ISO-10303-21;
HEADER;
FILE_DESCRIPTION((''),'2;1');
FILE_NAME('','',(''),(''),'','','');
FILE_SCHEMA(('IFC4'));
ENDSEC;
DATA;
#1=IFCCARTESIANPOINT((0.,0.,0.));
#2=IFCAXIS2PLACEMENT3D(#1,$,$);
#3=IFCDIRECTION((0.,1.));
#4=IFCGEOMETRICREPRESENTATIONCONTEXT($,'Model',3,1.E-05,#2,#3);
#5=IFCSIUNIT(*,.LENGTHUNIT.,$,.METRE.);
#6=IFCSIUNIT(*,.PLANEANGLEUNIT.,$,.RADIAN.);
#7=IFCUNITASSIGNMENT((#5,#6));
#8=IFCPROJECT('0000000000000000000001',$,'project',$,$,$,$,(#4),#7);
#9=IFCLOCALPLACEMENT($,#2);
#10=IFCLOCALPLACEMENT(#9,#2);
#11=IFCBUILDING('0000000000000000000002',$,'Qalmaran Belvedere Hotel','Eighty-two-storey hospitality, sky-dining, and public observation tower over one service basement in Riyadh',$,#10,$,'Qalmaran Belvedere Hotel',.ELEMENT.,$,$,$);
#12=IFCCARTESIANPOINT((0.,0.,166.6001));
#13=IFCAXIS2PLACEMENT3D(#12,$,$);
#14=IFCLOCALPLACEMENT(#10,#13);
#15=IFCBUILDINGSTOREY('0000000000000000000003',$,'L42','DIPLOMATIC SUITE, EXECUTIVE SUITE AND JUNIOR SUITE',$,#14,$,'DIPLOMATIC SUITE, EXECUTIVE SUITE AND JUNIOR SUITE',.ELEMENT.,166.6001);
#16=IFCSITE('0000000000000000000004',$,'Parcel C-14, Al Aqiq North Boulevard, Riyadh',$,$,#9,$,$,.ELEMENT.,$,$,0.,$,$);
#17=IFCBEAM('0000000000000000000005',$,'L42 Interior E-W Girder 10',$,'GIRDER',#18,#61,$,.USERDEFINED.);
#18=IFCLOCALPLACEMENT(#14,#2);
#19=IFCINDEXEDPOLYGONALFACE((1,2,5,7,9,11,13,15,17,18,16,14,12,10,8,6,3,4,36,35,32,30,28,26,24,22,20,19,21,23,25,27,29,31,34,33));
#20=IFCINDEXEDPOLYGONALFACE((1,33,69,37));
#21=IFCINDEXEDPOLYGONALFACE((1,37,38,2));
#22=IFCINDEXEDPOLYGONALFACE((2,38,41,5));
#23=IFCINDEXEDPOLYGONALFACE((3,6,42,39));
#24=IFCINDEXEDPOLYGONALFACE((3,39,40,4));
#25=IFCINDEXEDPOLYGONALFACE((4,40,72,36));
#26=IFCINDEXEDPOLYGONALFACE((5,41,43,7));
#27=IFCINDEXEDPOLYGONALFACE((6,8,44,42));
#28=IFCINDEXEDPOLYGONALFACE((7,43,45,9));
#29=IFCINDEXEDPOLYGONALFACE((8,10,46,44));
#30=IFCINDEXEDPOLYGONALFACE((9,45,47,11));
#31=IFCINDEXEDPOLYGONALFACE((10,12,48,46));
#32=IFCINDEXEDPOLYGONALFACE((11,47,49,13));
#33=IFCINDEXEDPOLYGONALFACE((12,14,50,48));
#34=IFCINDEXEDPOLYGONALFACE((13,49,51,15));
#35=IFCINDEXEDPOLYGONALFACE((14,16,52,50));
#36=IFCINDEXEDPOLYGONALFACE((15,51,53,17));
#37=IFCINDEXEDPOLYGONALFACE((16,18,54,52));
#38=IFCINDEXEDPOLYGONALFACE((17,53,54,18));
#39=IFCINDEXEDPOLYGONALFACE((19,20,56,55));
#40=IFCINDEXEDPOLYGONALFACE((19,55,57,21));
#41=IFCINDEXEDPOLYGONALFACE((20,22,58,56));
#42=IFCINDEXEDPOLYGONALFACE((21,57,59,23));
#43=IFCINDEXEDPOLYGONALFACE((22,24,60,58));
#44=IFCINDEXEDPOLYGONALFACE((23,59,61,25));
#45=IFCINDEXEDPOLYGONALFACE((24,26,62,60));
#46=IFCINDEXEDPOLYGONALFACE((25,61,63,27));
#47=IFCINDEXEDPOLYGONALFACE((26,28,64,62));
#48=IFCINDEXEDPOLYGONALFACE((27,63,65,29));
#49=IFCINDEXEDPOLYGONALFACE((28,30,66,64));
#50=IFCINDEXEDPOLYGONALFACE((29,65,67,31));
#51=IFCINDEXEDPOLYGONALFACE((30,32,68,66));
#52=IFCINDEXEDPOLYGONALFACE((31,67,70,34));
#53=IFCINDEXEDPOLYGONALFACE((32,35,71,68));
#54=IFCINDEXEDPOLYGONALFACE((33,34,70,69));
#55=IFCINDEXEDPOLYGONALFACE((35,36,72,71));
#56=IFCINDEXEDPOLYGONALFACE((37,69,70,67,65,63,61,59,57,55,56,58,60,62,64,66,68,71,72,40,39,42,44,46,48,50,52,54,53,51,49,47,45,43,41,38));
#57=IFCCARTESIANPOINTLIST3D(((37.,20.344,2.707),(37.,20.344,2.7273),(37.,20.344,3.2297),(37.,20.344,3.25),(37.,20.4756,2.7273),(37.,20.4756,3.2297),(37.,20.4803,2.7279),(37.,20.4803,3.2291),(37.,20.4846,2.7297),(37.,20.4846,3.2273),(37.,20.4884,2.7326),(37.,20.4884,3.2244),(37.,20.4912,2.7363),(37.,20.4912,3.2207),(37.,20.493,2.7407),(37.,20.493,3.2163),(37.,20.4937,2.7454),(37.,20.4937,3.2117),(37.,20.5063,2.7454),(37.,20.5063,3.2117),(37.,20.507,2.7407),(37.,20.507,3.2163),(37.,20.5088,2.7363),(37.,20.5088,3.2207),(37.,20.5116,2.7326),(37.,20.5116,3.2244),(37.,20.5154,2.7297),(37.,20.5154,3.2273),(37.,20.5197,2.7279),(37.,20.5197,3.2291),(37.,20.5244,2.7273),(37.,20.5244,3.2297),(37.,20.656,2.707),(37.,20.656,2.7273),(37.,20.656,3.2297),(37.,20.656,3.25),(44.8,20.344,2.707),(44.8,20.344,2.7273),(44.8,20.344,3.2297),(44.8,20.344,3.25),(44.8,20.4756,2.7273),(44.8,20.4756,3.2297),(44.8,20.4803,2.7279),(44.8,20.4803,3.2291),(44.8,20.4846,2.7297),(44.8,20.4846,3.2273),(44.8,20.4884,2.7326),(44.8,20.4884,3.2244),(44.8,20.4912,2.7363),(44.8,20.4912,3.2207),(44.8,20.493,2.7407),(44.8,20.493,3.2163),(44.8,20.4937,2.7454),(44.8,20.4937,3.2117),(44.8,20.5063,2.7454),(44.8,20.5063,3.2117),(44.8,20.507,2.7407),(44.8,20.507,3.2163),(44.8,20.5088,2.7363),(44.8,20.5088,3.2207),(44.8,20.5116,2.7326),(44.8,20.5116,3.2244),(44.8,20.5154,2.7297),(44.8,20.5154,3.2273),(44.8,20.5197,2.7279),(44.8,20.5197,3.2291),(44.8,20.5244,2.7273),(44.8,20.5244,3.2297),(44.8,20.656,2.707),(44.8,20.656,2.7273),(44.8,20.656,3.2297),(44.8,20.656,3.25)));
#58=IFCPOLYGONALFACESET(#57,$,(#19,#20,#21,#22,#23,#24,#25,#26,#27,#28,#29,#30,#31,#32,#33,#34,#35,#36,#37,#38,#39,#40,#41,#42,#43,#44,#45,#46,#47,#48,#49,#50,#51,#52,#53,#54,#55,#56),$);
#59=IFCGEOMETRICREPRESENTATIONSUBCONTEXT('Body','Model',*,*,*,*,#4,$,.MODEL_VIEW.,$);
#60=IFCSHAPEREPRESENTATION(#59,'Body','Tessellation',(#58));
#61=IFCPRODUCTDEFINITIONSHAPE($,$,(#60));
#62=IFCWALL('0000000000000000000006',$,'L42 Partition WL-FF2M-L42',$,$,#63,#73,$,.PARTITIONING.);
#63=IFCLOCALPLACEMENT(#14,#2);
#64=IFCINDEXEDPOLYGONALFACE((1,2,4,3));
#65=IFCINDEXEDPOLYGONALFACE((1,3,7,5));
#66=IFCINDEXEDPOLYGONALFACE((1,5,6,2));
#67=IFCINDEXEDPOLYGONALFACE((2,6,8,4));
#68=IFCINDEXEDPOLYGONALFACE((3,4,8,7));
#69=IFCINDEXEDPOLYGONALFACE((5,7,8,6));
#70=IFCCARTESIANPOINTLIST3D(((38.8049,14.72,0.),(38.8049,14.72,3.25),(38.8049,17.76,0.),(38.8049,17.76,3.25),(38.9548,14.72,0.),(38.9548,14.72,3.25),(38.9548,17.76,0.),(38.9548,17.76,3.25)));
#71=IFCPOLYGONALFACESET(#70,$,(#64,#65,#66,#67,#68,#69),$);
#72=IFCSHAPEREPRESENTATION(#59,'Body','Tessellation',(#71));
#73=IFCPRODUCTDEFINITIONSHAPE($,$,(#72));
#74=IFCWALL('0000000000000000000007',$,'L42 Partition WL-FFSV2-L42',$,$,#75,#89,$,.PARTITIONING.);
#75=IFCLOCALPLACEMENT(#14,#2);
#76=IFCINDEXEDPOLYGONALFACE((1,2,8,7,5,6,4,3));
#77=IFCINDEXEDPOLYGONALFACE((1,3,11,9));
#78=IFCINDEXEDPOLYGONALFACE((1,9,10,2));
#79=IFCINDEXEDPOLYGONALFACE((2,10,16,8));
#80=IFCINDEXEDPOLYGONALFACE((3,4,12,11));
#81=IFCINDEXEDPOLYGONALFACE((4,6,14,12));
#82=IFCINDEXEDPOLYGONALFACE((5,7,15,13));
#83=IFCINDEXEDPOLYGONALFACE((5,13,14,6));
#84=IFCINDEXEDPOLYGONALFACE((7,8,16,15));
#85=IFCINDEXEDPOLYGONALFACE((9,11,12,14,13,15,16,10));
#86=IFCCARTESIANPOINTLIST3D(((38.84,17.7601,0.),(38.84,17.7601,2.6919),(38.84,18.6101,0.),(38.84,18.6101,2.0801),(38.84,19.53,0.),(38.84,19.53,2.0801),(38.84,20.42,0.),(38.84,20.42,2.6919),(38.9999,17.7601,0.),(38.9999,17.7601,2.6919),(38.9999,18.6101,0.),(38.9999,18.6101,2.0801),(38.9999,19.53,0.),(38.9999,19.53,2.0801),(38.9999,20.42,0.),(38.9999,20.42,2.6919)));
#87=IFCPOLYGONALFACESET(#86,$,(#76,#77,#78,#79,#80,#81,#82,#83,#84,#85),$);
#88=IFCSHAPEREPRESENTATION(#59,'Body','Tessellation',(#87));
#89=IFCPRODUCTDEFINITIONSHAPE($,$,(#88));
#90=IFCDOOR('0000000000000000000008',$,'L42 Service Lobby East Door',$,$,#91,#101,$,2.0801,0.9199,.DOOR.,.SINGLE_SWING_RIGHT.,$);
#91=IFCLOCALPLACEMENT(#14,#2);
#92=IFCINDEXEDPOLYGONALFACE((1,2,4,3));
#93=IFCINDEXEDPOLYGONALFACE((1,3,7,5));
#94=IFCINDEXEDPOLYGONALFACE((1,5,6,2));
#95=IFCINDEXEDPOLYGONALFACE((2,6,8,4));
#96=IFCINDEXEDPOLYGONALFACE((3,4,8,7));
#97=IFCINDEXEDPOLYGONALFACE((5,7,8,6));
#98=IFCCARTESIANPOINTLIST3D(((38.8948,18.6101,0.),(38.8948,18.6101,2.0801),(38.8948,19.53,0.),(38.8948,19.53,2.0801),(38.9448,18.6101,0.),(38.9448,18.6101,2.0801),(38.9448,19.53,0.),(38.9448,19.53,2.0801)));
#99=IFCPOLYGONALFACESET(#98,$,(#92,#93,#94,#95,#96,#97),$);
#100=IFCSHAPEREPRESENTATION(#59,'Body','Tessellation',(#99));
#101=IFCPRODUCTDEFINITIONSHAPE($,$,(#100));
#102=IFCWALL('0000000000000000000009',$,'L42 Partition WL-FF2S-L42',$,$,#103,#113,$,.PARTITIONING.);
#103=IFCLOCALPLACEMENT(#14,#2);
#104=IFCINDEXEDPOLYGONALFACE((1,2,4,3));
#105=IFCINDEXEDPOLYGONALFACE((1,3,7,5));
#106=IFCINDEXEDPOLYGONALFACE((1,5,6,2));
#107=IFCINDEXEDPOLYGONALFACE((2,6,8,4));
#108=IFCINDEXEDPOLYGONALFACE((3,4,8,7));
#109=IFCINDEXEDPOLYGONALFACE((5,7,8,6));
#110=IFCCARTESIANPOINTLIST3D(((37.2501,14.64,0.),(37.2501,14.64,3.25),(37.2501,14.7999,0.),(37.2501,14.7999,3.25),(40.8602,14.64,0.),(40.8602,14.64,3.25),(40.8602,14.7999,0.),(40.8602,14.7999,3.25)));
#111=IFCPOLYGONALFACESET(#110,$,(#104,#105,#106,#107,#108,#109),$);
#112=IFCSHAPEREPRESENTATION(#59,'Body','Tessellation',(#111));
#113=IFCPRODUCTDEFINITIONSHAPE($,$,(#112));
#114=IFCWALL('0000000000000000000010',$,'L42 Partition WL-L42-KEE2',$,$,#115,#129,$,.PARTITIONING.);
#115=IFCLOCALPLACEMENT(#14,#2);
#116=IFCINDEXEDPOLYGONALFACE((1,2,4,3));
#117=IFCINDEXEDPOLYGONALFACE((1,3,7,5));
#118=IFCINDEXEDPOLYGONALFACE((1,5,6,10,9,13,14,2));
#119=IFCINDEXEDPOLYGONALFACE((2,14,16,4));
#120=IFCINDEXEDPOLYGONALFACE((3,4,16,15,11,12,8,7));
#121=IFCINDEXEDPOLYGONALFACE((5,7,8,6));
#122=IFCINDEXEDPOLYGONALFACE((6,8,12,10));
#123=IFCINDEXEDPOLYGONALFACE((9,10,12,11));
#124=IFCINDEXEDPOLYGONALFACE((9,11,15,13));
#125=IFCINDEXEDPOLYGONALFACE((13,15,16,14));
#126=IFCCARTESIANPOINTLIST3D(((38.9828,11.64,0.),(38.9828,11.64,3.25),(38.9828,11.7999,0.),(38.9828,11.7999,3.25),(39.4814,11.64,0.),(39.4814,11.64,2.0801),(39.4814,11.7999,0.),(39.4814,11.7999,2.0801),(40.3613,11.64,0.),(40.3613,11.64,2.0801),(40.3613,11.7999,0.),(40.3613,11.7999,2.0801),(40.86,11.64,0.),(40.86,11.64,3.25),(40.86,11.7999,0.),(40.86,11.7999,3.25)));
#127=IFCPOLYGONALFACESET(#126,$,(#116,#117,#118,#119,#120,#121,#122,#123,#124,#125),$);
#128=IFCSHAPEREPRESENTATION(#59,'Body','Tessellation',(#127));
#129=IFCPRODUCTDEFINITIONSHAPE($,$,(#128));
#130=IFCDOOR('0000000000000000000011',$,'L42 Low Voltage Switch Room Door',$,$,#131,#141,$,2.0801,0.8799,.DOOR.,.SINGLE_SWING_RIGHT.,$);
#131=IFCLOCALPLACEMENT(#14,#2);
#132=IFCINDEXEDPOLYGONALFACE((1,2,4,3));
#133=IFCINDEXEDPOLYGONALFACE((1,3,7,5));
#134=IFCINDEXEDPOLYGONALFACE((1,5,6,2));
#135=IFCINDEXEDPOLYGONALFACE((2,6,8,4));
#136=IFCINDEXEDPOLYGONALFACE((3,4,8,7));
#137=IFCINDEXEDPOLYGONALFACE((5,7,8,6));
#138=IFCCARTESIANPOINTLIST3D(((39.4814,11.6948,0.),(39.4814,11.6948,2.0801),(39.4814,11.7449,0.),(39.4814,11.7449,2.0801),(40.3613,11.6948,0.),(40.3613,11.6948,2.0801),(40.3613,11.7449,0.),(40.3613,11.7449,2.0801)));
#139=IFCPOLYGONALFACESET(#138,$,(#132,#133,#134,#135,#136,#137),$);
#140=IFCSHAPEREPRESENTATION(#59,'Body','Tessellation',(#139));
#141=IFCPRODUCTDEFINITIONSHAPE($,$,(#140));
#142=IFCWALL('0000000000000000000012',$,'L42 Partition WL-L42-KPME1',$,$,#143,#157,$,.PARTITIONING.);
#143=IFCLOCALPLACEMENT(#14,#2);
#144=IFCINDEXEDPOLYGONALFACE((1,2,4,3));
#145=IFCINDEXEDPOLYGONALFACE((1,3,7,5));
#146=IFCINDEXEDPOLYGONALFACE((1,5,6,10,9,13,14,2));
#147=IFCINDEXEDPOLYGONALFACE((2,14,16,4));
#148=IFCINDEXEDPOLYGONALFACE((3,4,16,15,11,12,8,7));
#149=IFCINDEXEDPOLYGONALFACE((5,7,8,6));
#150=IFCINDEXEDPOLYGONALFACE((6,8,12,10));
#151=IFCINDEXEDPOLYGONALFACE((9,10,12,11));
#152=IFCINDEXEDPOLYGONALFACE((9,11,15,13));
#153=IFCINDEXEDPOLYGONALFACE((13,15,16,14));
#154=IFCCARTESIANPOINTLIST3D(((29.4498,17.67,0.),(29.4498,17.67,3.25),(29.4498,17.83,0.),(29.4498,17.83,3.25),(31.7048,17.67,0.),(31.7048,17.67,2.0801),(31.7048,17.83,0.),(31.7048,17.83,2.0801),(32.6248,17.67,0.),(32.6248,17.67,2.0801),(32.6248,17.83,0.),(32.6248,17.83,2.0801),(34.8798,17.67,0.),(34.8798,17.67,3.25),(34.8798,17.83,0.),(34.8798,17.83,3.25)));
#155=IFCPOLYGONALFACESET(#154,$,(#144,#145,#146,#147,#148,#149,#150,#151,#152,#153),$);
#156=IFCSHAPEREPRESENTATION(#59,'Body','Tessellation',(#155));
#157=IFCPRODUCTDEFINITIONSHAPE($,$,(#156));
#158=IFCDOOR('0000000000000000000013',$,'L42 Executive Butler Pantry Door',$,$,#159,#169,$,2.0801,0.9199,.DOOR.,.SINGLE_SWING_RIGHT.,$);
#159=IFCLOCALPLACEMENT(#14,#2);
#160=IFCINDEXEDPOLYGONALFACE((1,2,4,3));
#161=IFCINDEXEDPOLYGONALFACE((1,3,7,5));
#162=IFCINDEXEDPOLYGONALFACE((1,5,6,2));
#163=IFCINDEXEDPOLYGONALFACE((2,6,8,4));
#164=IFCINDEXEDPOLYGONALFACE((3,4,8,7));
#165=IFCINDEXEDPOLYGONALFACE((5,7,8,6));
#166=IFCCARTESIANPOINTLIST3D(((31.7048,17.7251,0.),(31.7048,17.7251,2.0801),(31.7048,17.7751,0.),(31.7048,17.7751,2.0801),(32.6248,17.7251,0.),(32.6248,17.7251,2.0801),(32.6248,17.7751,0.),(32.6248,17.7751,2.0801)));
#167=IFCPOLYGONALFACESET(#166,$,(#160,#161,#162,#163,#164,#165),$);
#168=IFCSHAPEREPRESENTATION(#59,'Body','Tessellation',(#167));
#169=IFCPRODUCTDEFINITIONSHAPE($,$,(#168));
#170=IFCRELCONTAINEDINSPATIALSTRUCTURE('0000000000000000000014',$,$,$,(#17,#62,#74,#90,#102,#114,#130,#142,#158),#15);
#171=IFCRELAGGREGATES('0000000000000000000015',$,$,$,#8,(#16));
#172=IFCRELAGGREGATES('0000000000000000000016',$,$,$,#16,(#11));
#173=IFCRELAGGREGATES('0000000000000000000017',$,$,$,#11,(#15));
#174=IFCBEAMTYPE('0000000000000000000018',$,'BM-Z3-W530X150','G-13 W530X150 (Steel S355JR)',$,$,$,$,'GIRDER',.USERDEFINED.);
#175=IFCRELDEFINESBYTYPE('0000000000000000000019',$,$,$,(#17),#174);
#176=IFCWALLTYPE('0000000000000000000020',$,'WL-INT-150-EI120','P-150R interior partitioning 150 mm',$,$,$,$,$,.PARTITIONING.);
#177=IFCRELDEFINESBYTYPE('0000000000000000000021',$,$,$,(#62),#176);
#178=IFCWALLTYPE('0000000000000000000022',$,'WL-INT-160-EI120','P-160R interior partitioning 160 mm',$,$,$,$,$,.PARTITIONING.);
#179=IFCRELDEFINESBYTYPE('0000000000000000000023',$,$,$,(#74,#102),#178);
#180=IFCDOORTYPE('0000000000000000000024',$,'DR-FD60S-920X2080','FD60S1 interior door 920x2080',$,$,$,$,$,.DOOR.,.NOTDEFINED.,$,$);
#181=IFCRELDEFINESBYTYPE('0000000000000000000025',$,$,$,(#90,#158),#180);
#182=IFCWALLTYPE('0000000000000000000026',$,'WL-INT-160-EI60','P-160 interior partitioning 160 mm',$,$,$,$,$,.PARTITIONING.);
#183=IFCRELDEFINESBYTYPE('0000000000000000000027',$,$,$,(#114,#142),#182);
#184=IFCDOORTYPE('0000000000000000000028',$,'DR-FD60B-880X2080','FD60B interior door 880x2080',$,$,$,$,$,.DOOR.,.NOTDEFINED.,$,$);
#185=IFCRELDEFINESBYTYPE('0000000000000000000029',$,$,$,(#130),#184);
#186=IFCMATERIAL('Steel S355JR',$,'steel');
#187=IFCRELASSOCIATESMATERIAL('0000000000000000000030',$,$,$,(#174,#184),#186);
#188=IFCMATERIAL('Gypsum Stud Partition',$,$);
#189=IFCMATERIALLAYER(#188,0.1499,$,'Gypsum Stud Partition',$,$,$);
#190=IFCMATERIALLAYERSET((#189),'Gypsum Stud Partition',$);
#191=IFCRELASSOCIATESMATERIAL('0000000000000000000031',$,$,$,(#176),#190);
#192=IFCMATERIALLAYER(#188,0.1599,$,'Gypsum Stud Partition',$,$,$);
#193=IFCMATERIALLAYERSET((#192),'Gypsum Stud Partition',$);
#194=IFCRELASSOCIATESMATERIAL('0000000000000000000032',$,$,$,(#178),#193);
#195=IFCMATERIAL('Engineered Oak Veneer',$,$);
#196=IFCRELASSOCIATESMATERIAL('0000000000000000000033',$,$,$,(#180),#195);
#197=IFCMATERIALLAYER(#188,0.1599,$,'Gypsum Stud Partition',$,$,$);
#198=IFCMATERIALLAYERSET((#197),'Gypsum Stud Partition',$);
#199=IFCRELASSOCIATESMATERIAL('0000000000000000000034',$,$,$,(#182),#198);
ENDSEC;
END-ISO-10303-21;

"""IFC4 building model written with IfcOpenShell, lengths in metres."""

from ifc_helpers import new_model, si_unit, direction, frame, frame_2d, origin, origin_2d, place, context, subcontext, project, spatial, rectangle, i_section, extrude, material, layer, layer_set, material_profile, profile_set, type_object, element, fill, save


model = new_model("IFC4")

# Units and contexts
model_context = context("Model", 3, precision=1e-05, world=origin(), true_north=direction((0.0, 1.0)))
body_context = subcontext(model_context, "Body", "Model", "MODEL_VIEW")
ifc_project = project(units=[si_unit("LENGTHUNIT", "METRE"), si_unit("PLANEANGLEUNIT", "RADIAN")], contexts=[model_context])

# Site, building, storey
site_placement = place(None, origin())
site = spatial("IfcSite", under=ifc_project, at=site_placement, Name="Parcel C-14, Al Aqiq North Boulevard, Riyadh", CompositionType="ELEMENT", RefElevation=0.0)
building_placement = place(site_placement, origin())
building = spatial("IfcBuilding", under=site, at=building_placement, Name="Qalmaran Belvedere Hotel", Description="Eighty-two-storey hospitality, sky-dining, and public observation tower over one service basement in Riyadh", LongName="Qalmaran Belvedere Hotel", CompositionType="ELEMENT")
storey_placement = place(building_placement, frame((0.0, 0.0, 166.6001)))
storey = spatial("IfcBuildingStorey", under=building, at=storey_placement, Name="L42", Description="DIPLOMATIC SUITE, EXECUTIVE SUITE AND JUNIOR SUITE", LongName="DIPLOMATIC SUITE, EXECUTIVE SUITE AND JUNIOR SUITE", CompositionType="ELEMENT", Elevation=166.6001)

# Beam
ifc_material_1 = material(Name="Steel S355JR", Category="steel")
ifc_material_profile_1 = material_profile(ifc_material_1, i_section(OverallWidth=0.312, OverallDepth=0.543, WebThickness=0.0127, FlangeThickness=0.0203, FilletRadius=0.0181, at=origin_2d()), Name="W530X150")
ifc_profile_set_1 = profile_set([ifc_material_profile_1], Name="Steel S355JR")
beam_type_1 = type_object("IfcBeamType", Name="BM-Z3-W530X150", Description="G-13 W530X150 (Steel S355JR)", ElementType="GIRDER", PredefinedType="USERDEFINED", material=ifc_profile_set_1)
for number, where, z_axis, x_axis, name in (
    (1, (37.0, 20.5, 2.9785), (1.0, 0.0, 0.0), (0.0, 1.0, 0.0), "L42 Interior E-W Girder 10"),
):
    element("IfcBeam", number, at=place(storey_placement, frame(where, z_axis=z_axis, x_axis=x_axis)), inside=storey, type_object=beam_type_1, Name=name, ObjectType="GIRDER", PredefinedType="USERDEFINED", context=body_context, shape_type="SweptSolid", body=[
        extrude(i_section(OverallWidth=0.312, OverallDepth=0.543, WebThickness=0.0127, FlangeThickness=0.0203, FilletRadius=0.0181, at=origin_2d()), origin(), (0.0, 0.0, 1.0), 7.8),
    ])

# Wall
ifc_material_2 = material(Name="Gypsum Stud Partition")
ifc_layer_1 = layer(ifc_material_2, 0.1499, Name="Gypsum Stud Partition")
ifc_layer_set_1 = layer_set([ifc_layer_1], Name="Gypsum Stud Partition")
wall_type_1 = type_object("IfcWallType", Name="WL-INT-150-EI120", Description="P-150R interior partitioning 150 mm", PredefinedType="PARTITIONING", material=ifc_layer_set_1)
wall_1_placement = place(storey_placement, frame((38.8799, 14.72, 0.0), z_axis=(0.0, 0.0, 1.0), x_axis=(0.0, 1.0, 0.0)))
element("IfcWall", 2, at=wall_1_placement, inside=storey, type_object=wall_type_1, Name="L42 Partition WL-FF2M-L42", PredefinedType="PARTITIONING", context=body_context, shape_type="SweptSolid", body=[
    extrude(rectangle(XDim=3.04, YDim=0.1499, at=frame_2d((1.52, 0.0))), origin(), (0.0, 0.0, 1.0), 3.25),
])

# Wall, opening, door
ifc_layer_2 = layer(ifc_material_2, 0.1599, Name="Gypsum Stud Partition")
ifc_layer_set_2 = layer_set([ifc_layer_2], Name="Gypsum Stud Partition")
wall_type_2 = type_object("IfcWallType", Name="WL-INT-160-EI120", Description="P-160R interior partitioning 160 mm", PredefinedType="PARTITIONING", material=ifc_layer_set_2)
wall_2_placement = place(storey_placement, frame((38.9199, 17.76, 0.0), z_axis=(0.0, 0.0, 1.0), x_axis=(0.0, 1.0, 0.0)))
wall_2 = element("IfcWall", 3, at=wall_2_placement, inside=storey, type_object=wall_type_2, Name="L42 Partition WL-FFSV2-L42", PredefinedType="PARTITIONING", context=body_context, shape_type="SweptSolid", body=[
    extrude(rectangle(XDim=2.6599, YDim=0.1599, at=frame_2d((1.3301, 0.0))), origin(), (0.0, 0.0, 1.0), 2.6919),
])
opening_1_placement = place(wall_2_placement, frame((1.77, 0.0, 0.0), z_axis=(0.0, 0.0, 1.0), x_axis=(-1.0, 0.0, 0.0)))
opening_1 = element("IfcOpeningElement", 4, at=opening_1_placement, cuts=wall_2, PredefinedType="OPENING", context=body_context, shape_type="SweptSolid", body=[
    extrude(rectangle(XDim=0.9199, YDim=2.0801, at=frame_2d((0.46, 1.04))), frame((0.0, 0.0898, 0.0), z_axis=(0.0, -1.0, 0.0), x_axis=(1.0, 0.0, 0.0)), (0.0, 0.0, 1.0), 0.1799),
])
ifc_material_3 = material(Name="Engineered Oak Veneer")
door_type_1 = type_object("IfcDoorType", Name="DR-FD60S-920X2080", Description="FD60S1 interior door 920x2080", OperationType="NOTDEFINED", PredefinedType="DOOR", material=ifc_material_3)
door_1_placement = place(opening_1_placement, origin())
door_1 = element("IfcDoor", 5, at=door_1_placement, inside=storey, type_object=door_type_1, Name="L42 Service Lobby East Door", OperationType="SINGLE_SWING_RIGHT", OverallHeight=2.0801, OverallWidth=0.9199, PredefinedType="DOOR", context=body_context, shape_type="SweptSolid", body=[
    extrude(rectangle(XDim=0.9199, YDim=2.0801, at=frame_2d((0.46, 1.04))), frame((0.0, 0.0249, 0.0), z_axis=(0.0, -1.0, 0.0), x_axis=(1.0, 0.0, 0.0)), (0.0, 0.0, 1.0), 0.05),
])
fill(opening_1, door_1)

# Wall
wall_3_placement = place(storey_placement, frame((37.25, 14.72, 0.0), z_axis=(0.0, 0.0, 1.0), x_axis=(1.0, 0.0, 0.0)))
element("IfcWall", 6, at=wall_3_placement, inside=storey, type_object=wall_type_2, Name="L42 Partition WL-FF2S-L42", PredefinedType="PARTITIONING", context=body_context, shape_type="SweptSolid", body=[
    extrude(rectangle(XDim=3.6101, YDim=0.1599, at=frame_2d((1.8052, 0.0))), origin(), (0.0, 0.0, 1.0), 3.25),
])

# Walls, openings, doors
ifc_layer_3 = layer(ifc_material_2, 0.1599, Name="Gypsum Stud Partition")
ifc_layer_set_3 = layer_set([ifc_layer_3], Name="Gypsum Stud Partition")
wall_type_3 = type_object("IfcWallType", Name="WL-INT-160-EI60", Description="P-160 interior partitioning 160 mm", PredefinedType="PARTITIONING", material=ifc_layer_set_3)
wall_4_placement = place(storey_placement, frame((38.9829, 11.72, 0.0), z_axis=(0.0, 0.0, 1.0), x_axis=(1.0, 0.0, 0.0)))
wall_4 = element("IfcWall", 7, at=wall_4_placement, inside=storey, type_object=wall_type_3, Name="L42 Partition WL-L42-KEE2", PredefinedType="PARTITIONING", context=body_context, shape_type="SweptSolid", body=[
    extrude(rectangle(XDim=1.8772, YDim=0.1599, at=frame_2d((0.9385, 0.0))), origin(), (0.0, 0.0, 1.0), 3.25),
])
opening_2_placement = place(wall_4_placement, frame((0.4985, 0.0, 0.0)))
opening_2 = element("IfcOpeningElement", 8, at=opening_2_placement, cuts=wall_4, PredefinedType="OPENING", context=body_context, shape_type="SweptSolid", body=[
    extrude(rectangle(XDim=0.8799, YDim=2.0801, at=frame_2d((0.4399, 1.04))), frame((0.0, 0.0898, 0.0), z_axis=(0.0, -1.0, 0.0), x_axis=(1.0, 0.0, 0.0)), (0.0, 0.0, 1.0), 0.1799),
])
door_type_2 = type_object("IfcDoorType", Name="DR-FD60B-880X2080", Description="FD60B interior door 880x2080", OperationType="NOTDEFINED", PredefinedType="DOOR", material=ifc_material_1)
door_2_placement = place(opening_2_placement, origin())
door_2 = element("IfcDoor", 9, at=door_2_placement, inside=storey, type_object=door_type_2, Name="L42 Low Voltage Switch Room Door", OperationType="SINGLE_SWING_RIGHT", OverallHeight=2.0801, OverallWidth=0.8799, PredefinedType="DOOR", context=body_context, shape_type="SweptSolid", body=[
    extrude(rectangle(XDim=0.8799, YDim=2.0801, at=frame_2d((0.4399, 1.04))), frame((0.0, 0.0249, 0.0), z_axis=(0.0, -1.0, 0.0), x_axis=(1.0, 0.0, 0.0)), (0.0, 0.0, 1.0), 0.05),
])
fill(opening_2, door_2)
wall_5_placement = place(storey_placement, frame((29.45, 17.75, 0.0), z_axis=(0.0, 0.0, 1.0), x_axis=(1.0, 0.0, 0.0)))
wall_5 = element("IfcWall", 10, at=wall_5_placement, inside=storey, type_object=wall_type_3, Name="L42 Partition WL-L42-KPME1", PredefinedType="PARTITIONING", context=body_context, shape_type="SweptSolid", body=[
    extrude(rectangle(XDim=5.4299, YDim=0.1599, at=frame_2d((2.7148, 0.0))), origin(), (0.0, 0.0, 1.0), 3.25),
])
opening_3_placement = place(wall_5_placement, frame((3.1748, 0.0, 0.0), z_axis=(0.0, 0.0, 1.0), x_axis=(-1.0, 0.0, 0.0)))
opening_3 = element("IfcOpeningElement", 11, at=opening_3_placement, cuts=wall_5, PredefinedType="OPENING", context=body_context, shape_type="SweptSolid", body=[
    extrude(rectangle(XDim=0.9199, YDim=2.0801, at=frame_2d((0.46, 1.04))), frame((0.0, 0.0898, 0.0), z_axis=(0.0, -1.0, 0.0), x_axis=(1.0, 0.0, 0.0)), (0.0, 0.0, 1.0), 0.1799),
])
door_3_placement = place(opening_3_placement, origin())
door_3 = element("IfcDoor", 12, at=door_3_placement, inside=storey, type_object=door_type_1, Name="L42 Executive Butler Pantry Door", OperationType="SINGLE_SWING_RIGHT", OverallHeight=2.0801, OverallWidth=0.9199, PredefinedType="DOOR", context=body_context, shape_type="SweptSolid", body=[
    extrude(rectangle(XDim=0.9199, YDim=2.0801, at=frame_2d((0.46, 1.04))), frame((0.0, 0.0249, 0.0), z_axis=(0.0, -1.0, 0.0), x_axis=(1.0, 0.0, 0.0)), (0.0, 0.0, 1.0), 0.05),
])
fill(opening_3, door_3)

save(model, "model.ifc")
